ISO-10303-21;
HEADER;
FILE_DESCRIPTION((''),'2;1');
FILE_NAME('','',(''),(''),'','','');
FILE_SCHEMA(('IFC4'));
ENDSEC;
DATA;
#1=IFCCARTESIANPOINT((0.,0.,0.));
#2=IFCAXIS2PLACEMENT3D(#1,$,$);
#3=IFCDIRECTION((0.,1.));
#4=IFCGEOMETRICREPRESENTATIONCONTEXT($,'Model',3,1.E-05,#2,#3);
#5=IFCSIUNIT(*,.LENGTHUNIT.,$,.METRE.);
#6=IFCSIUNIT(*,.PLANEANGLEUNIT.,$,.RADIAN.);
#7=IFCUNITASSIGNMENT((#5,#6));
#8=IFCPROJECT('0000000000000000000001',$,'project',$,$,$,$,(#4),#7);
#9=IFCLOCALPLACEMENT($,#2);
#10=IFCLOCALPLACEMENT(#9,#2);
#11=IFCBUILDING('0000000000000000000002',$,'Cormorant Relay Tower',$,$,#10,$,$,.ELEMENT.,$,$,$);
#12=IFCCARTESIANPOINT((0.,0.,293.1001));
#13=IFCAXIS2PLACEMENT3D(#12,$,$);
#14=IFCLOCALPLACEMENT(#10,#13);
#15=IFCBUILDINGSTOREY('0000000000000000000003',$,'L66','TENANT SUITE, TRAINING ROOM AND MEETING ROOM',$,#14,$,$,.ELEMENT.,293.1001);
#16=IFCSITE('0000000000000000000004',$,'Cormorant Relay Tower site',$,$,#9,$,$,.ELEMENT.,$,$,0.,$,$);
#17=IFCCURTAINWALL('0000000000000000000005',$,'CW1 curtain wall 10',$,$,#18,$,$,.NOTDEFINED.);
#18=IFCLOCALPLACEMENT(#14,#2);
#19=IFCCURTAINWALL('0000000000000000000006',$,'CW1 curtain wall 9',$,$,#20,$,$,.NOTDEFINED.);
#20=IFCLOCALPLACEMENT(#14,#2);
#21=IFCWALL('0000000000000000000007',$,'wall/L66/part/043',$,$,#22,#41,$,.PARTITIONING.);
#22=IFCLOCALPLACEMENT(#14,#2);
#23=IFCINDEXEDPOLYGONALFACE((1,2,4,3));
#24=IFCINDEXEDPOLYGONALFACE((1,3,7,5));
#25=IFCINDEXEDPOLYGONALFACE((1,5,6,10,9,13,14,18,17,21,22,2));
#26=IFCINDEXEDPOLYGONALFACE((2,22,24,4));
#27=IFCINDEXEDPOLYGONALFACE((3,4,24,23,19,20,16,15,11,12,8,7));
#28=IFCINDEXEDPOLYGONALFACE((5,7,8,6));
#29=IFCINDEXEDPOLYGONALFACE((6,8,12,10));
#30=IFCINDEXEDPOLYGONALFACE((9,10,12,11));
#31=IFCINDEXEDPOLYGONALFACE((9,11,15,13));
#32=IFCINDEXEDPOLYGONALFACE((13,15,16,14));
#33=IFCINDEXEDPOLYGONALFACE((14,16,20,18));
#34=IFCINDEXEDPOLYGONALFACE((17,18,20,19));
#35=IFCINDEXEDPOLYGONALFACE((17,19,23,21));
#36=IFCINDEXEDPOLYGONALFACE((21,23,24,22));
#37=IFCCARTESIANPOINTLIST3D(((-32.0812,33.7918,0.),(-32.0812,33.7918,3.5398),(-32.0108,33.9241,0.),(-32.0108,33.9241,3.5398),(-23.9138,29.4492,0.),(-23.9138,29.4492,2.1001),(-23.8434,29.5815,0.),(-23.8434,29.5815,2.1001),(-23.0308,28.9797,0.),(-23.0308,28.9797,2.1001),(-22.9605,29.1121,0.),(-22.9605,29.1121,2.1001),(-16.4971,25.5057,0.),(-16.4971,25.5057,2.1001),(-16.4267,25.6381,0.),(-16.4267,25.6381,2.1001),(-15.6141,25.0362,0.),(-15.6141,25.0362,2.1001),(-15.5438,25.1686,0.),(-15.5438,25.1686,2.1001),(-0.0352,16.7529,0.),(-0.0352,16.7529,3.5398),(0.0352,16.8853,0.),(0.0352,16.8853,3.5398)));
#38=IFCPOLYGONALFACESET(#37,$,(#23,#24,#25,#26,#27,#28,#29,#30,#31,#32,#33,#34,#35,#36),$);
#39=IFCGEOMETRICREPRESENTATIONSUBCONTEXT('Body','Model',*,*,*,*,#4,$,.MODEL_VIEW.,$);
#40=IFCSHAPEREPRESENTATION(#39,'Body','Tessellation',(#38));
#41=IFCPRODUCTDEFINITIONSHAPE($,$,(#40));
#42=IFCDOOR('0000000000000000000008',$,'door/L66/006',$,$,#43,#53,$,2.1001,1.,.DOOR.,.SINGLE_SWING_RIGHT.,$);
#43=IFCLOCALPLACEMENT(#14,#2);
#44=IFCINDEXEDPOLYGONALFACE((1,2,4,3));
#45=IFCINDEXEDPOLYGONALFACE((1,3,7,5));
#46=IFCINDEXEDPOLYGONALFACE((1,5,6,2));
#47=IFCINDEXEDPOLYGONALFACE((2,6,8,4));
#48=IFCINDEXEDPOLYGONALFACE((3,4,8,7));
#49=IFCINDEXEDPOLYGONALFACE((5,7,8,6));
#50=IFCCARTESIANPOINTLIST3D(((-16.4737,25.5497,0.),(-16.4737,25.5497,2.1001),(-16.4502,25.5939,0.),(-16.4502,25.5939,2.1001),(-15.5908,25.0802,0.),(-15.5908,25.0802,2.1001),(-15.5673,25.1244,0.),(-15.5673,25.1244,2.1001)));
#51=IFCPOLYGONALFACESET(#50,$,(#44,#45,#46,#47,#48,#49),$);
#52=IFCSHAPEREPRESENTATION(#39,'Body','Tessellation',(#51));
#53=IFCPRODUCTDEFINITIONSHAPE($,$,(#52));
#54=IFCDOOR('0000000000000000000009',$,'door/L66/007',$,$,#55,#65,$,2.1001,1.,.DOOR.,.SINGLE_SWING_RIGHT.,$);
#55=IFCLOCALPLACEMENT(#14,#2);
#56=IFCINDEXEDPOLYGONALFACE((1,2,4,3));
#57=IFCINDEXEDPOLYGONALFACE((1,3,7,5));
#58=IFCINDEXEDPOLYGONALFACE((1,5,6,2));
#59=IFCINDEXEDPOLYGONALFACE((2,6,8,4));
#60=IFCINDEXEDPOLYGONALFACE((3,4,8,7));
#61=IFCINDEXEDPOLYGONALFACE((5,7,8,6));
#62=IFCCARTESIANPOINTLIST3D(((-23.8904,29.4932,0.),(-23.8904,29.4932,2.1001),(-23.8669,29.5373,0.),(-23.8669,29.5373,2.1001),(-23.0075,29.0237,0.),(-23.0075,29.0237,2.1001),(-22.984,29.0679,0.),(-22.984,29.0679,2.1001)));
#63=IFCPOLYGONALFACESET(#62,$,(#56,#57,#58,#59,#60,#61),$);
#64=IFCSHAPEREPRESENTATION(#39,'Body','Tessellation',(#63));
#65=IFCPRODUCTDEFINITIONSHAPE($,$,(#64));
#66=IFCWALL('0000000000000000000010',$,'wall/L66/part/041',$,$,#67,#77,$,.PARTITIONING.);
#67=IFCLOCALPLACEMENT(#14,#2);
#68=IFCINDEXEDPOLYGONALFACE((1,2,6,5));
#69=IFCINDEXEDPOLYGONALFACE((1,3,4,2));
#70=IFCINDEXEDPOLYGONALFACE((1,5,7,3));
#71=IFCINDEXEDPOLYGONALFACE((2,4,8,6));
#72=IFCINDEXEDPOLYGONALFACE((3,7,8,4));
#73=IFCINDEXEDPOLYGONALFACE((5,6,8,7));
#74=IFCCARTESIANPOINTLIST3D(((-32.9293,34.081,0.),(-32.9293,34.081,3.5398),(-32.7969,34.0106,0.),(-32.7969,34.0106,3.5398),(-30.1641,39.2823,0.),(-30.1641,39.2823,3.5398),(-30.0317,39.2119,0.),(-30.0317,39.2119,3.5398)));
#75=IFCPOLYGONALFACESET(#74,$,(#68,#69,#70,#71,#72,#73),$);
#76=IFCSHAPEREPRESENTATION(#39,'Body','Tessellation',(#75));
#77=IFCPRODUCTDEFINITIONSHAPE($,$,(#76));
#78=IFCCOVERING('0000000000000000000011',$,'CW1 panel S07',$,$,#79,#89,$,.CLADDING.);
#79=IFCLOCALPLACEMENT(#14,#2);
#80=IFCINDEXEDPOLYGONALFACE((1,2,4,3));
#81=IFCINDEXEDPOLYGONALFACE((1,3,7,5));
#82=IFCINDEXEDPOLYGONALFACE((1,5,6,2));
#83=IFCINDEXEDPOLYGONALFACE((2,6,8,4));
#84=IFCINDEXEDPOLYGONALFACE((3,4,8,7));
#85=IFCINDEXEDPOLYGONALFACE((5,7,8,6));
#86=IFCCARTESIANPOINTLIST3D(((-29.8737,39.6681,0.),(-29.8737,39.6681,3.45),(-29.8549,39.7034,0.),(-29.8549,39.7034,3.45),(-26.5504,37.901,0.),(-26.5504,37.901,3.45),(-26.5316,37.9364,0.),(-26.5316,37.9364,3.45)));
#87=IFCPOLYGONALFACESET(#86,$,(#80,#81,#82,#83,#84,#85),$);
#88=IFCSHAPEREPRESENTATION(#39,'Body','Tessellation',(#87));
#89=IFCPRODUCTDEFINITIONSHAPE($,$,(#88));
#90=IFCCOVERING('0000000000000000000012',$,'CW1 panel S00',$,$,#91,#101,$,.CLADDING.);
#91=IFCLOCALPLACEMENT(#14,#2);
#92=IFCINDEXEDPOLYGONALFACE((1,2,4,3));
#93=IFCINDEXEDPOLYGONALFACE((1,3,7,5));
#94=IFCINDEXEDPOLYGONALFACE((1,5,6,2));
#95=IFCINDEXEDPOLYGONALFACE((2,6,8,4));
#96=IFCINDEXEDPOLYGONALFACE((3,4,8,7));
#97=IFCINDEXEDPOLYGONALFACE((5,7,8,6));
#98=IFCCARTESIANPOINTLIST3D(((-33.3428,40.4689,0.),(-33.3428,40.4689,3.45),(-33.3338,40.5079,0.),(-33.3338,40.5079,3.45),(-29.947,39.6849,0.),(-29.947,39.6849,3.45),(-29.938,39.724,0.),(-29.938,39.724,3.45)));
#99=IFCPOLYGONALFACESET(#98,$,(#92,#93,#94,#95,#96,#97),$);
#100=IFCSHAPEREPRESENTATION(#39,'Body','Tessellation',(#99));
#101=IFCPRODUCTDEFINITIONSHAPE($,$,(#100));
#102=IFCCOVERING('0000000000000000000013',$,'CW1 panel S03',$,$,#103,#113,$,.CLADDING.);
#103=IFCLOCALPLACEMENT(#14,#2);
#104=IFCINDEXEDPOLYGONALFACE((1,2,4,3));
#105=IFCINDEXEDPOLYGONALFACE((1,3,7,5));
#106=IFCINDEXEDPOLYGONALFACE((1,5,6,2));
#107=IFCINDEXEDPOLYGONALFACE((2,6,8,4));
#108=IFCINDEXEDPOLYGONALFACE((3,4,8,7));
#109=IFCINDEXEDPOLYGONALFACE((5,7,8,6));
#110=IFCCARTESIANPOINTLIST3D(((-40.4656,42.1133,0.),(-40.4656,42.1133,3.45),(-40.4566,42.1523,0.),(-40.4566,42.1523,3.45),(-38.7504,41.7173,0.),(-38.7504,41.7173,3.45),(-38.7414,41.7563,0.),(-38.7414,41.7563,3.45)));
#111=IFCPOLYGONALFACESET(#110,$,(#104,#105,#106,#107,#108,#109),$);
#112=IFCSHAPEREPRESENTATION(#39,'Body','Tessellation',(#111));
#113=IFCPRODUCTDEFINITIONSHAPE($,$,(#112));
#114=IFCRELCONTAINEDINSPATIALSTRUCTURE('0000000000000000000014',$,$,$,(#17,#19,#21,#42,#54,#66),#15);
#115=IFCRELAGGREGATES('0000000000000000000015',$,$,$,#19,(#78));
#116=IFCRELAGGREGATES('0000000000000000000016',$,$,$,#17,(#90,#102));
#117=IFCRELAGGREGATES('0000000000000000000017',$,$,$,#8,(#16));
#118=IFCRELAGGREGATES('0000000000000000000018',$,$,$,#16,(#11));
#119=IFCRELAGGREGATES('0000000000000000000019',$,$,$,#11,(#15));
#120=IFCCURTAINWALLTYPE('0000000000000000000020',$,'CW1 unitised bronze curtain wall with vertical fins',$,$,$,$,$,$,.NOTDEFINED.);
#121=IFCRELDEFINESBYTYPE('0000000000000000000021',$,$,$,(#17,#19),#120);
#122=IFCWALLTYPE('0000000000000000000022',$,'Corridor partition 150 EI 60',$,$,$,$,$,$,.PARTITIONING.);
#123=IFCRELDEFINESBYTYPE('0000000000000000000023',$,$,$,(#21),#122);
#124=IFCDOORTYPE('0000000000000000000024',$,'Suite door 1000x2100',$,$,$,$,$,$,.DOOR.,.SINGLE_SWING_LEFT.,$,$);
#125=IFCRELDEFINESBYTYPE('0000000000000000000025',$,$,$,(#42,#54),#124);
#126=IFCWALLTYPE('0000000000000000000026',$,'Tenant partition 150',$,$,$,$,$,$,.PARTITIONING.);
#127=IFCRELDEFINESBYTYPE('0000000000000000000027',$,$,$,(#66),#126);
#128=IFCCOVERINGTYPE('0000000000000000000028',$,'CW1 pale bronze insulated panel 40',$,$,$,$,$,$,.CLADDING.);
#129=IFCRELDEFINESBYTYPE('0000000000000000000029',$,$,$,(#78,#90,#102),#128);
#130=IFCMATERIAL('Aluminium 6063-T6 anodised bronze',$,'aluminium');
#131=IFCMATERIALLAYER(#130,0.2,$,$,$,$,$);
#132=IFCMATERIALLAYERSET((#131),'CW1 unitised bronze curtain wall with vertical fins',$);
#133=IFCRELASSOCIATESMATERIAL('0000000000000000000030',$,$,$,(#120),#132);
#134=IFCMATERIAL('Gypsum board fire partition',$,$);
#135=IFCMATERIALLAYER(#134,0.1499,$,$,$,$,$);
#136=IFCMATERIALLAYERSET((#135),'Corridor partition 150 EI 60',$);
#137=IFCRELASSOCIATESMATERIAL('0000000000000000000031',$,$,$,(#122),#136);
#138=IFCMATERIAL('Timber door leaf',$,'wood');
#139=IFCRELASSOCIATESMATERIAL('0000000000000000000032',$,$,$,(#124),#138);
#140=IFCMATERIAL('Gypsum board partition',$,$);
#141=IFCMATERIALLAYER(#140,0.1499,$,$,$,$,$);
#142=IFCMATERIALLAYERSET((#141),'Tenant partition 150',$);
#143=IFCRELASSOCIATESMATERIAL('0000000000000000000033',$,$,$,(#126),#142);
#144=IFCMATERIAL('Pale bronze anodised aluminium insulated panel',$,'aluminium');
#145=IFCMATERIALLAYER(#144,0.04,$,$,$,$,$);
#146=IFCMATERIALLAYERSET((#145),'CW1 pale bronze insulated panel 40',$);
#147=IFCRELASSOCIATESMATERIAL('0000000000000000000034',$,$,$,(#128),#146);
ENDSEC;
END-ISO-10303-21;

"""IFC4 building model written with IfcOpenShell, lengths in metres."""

from ifc_helpers import new_model, si_unit, direction, frame, frame_2d, origin, origin_2d, place, context, subcontext, project, spatial, rectangle, extrude, material, layer, layer_set, type_object, element, fill, aggregate, save


model = new_model("IFC4")

# Units and contexts
model_context = context("Model", 3, precision=1e-05, world=origin(), true_north=direction((0.0, 1.0)))
body_context = subcontext(model_context, "Body", "Model", "MODEL_VIEW")
ifc_project = project(units=[si_unit("LENGTHUNIT", "METRE"), si_unit("PLANEANGLEUNIT", "RADIAN")], contexts=[model_context])

# Site, building, storey
site_placement = place(None, origin())
site = spatial("IfcSite", under=ifc_project, at=site_placement, Name="Cormorant Relay Tower site", CompositionType="ELEMENT", RefElevation=0.0)
building_placement = place(site_placement, origin())
building = spatial("IfcBuilding", under=site, at=building_placement, Name="Cormorant Relay Tower", CompositionType="ELEMENT")
storey_placement = place(building_placement, frame((0.0, 0.0, 293.1001)))
storey = spatial("IfcBuildingStorey", under=building, at=storey_placement, Name="L66", Description="TENANT SUITE, TRAINING ROOM AND MEETING ROOM", CompositionType="ELEMENT", Elevation=293.1001)

# Curtain wall
ifc_material_1 = material(Name="Aluminium 6063-T6 anodised bronze", Category="aluminium")
ifc_layer_1 = layer(ifc_material_1, 0.2)
ifc_layer_set_1 = layer_set([ifc_layer_1], Name="CW1 unitised bronze curtain wall with vertical fins")
curtain_wall_type = type_object("IfcCurtainWallType", Name="CW1 unitised bronze curtain wall with vertical fins", PredefinedType="NOTDEFINED", material=ifc_layer_set_1)
curtain_wall_1_placement = place(storey_placement, origin())
curtain_wall_1 = element("IfcCurtainWall", 1, at=curtain_wall_1_placement, inside=storey, type_object=curtain_wall_type, Name="CW1 curtain wall 10", PredefinedType="NOTDEFINED")

# Curtain wall
curtain_wall_2_placement = place(storey_placement, origin())
curtain_wall_2 = element("IfcCurtainWall", 2, at=curtain_wall_2_placement, inside=storey, type_object=curtain_wall_type, Name="CW1 curtain wall 9", PredefinedType="NOTDEFINED")

# Shared definitions
ifc_material_2 = material(Name="Gypsum board fire partition")
ifc_layer_2 = layer(ifc_material_2, 0.1499)
ifc_layer_set_2 = layer_set([ifc_layer_2], Name="Corridor partition 150 EI 60")
wall_type_1 = type_object("IfcWallType", Name="Corridor partition 150 EI 60", PredefinedType="PARTITIONING", material=ifc_layer_set_2)

# Shared definitions
ifc_material_3 = material(Name="Timber door leaf", Category="wood")
door_type_1 = type_object("IfcDoorType", Name="Suite door 1000x2100", OperationType="SINGLE_SWING_LEFT", PredefinedType="DOOR", material=ifc_material_3)

# Wall, openings, doors
wall_1_placement = place(storey_placement, frame((-32.0459, 33.8579, 0.0), z_axis=(0.0, 0.0, 1.0), x_axis=(0.882951, -0.469465, 0.0)))
wall_1 = element("IfcWall", 3, at=wall_1_placement, inside=storey, type_object=wall_type_1, Name="wall/L66/part/043", PredefinedType="PARTITIONING", context=body_context, shape_type="SweptSolid", body=[
    extrude(rectangle(XDim=36.2942, YDim=0.1499, at=frame_2d((18.147, 0.0))), origin(), (0.0, 0.0, 1.0), 3.5398),
])
opening_1_placement = place(wall_1_placement, frame((17.6499, 0.0, 0.0)))
opening_1 = element("IfcOpeningElement", 4, at=opening_1_placement, cuts=wall_1, PredefinedType="OPENING", context=body_context, shape_type="SweptSolid", body=[
    extrude(rectangle(XDim=1.0, YDim=2.1001, at=frame_2d((0.5, 1.05))), frame((0.0, 0.085, 0.0), z_axis=(0.0, -1.0, 0.0), x_axis=(1.0, 0.0, 0.0)), (0.0, 0.0, 1.0), 0.1699),
])
opening_2_placement = place(wall_1_placement, frame((9.25, 0.0, 0.0)))
opening_2 = element("IfcOpeningElement", 5, at=opening_2_placement, cuts=wall_1, PredefinedType="OPENING", context=body_context, shape_type="SweptSolid", body=[
    extrude(rectangle(XDim=1.0, YDim=2.1001, at=frame_2d((0.5, 1.05))), frame((0.0, 0.085, 0.0), z_axis=(0.0, -1.0, 0.0), x_axis=(1.0, 0.0, 0.0)), (0.0, 0.0, 1.0), 0.1699),
])
door_1_placement = place(opening_1_placement, origin())
door_1 = element("IfcDoor", 6, at=door_1_placement, inside=storey, type_object=door_type_1, Name="door/L66/006", OperationType="SINGLE_SWING_RIGHT", OverallHeight=2.1001, OverallWidth=1.0, PredefinedType="DOOR", context=body_context, shape_type="SweptSolid", body=[
    extrude(rectangle(XDim=1.0, YDim=2.1001, at=frame_2d((0.5, 1.05))), frame((0.0, 0.0249, 0.0), z_axis=(0.0, -1.0, 0.0), x_axis=(1.0, 0.0, 0.0)), (0.0, 0.0, 1.0), 0.05),
])
fill(opening_1, door_1)
door_2_placement = place(opening_2_placement, origin())
door_2 = element("IfcDoor", 7, at=door_2_placement, inside=storey, type_object=door_type_1, Name="door/L66/007", OperationType="SINGLE_SWING_RIGHT", OverallHeight=2.1001, OverallWidth=1.0, PredefinedType="DOOR", context=body_context, shape_type="SweptSolid", body=[
    extrude(rectangle(XDim=1.0, YDim=2.1001, at=frame_2d((0.5, 1.05))), frame((0.0, 0.0249, 0.0), z_axis=(0.0, -1.0, 0.0), x_axis=(1.0, 0.0, 0.0)), (0.0, 0.0, 1.0), 0.05),
])
fill(opening_2, door_2)

# Wall
ifc_material_4 = material(Name="Gypsum board partition")
ifc_layer_3 = layer(ifc_material_4, 0.1499)
ifc_layer_set_3 = layer_set([ifc_layer_3], Name="Tenant partition 150")
wall_type_2 = type_object("IfcWallType", Name="Tenant partition 150", PredefinedType="PARTITIONING", material=ifc_layer_set_3)
wall_2_placement = place(storey_placement, frame((-30.0979, 39.2471, 0.0), z_axis=(0.0, 0.0, 1.0), x_axis=(-0.469422, -0.882974, 0.0)))
element("IfcWall", 8, at=wall_2_placement, inside=storey, type_object=wall_type_2, Name="wall/L66/part/041", PredefinedType="PARTITIONING", context=body_context, shape_type="SweptSolid", body=[
    extrude(rectangle(XDim=5.8906, YDim=0.1499, at=frame_2d((2.9453, 0.0))), origin(), (0.0, 0.0, 1.0), 3.5398),
])

# Coverings
ifc_material_5 = material(Name="Pale bronze anodised aluminium insulated panel", Category="aluminium")
ifc_layer_4 = layer(ifc_material_5, 0.04)
ifc_layer_set_4 = layer_set([ifc_layer_4], Name="CW1 pale bronze insulated panel 40")
covering_type = type_object("IfcCoveringType", Name="CW1 pale bronze insulated panel 40", PredefinedType="CLADDING", material=ifc_layer_set_4)
covering_1_placement = place(storey_placement, frame((-28.2026, 38.8022, 0.0), z_axis=(0.0, 0.0, 1.0), x_axis=(-0.882948, 0.469472, 0.0)))
covering_1 = element("IfcCovering", 9, at=covering_1_placement, type_object=covering_type, Name="CW1 panel S07", PredefinedType="CLADDING", context=body_context, shape_type="SweptSolid", body=[
    extrude(rectangle(XDim=3.7639, YDim=0.04, at=origin_2d()), origin(), (0.0, 0.0, 1.0), 3.45),
])
aggregate(curtain_wall_2, [covering_1])
covering_2_placement = place(storey_placement, frame((-31.6404, 40.0964, 0.0), z_axis=(0.0, 0.0, 1.0), x_axis=(-0.97437, 0.224951, 0.0)))
covering_2 = element("IfcCovering", 10, at=covering_2_placement, type_object=covering_type, Name="CW1 panel S00", PredefinedType="CLADDING", context=body_context, shape_type="SweptSolid", body=[
    extrude(rectangle(XDim=3.4851, YDim=0.04, at=origin_2d()), origin(), (0.0, 0.0, 1.0), 3.45),
])
covering_3_placement = place(storey_placement, frame((-39.6035, 41.9348, 0.0), z_axis=(0.0, 0.0, 1.0), x_axis=(-0.97437, 0.224951, 0.0)))
covering_3 = element("IfcCovering", 11, at=covering_3_placement, type_object=covering_type, Name="CW1 panel S03", PredefinedType="CLADDING", context=body_context, shape_type="SweptSolid", body=[
    extrude(rectangle(XDim=1.7603, YDim=0.04, at=origin_2d()), origin(), (0.0, 0.0, 1.0), 3.45),
])
aggregate(curtain_wall_1, [covering_2, covering_3])

save(model, "model.ifc")
